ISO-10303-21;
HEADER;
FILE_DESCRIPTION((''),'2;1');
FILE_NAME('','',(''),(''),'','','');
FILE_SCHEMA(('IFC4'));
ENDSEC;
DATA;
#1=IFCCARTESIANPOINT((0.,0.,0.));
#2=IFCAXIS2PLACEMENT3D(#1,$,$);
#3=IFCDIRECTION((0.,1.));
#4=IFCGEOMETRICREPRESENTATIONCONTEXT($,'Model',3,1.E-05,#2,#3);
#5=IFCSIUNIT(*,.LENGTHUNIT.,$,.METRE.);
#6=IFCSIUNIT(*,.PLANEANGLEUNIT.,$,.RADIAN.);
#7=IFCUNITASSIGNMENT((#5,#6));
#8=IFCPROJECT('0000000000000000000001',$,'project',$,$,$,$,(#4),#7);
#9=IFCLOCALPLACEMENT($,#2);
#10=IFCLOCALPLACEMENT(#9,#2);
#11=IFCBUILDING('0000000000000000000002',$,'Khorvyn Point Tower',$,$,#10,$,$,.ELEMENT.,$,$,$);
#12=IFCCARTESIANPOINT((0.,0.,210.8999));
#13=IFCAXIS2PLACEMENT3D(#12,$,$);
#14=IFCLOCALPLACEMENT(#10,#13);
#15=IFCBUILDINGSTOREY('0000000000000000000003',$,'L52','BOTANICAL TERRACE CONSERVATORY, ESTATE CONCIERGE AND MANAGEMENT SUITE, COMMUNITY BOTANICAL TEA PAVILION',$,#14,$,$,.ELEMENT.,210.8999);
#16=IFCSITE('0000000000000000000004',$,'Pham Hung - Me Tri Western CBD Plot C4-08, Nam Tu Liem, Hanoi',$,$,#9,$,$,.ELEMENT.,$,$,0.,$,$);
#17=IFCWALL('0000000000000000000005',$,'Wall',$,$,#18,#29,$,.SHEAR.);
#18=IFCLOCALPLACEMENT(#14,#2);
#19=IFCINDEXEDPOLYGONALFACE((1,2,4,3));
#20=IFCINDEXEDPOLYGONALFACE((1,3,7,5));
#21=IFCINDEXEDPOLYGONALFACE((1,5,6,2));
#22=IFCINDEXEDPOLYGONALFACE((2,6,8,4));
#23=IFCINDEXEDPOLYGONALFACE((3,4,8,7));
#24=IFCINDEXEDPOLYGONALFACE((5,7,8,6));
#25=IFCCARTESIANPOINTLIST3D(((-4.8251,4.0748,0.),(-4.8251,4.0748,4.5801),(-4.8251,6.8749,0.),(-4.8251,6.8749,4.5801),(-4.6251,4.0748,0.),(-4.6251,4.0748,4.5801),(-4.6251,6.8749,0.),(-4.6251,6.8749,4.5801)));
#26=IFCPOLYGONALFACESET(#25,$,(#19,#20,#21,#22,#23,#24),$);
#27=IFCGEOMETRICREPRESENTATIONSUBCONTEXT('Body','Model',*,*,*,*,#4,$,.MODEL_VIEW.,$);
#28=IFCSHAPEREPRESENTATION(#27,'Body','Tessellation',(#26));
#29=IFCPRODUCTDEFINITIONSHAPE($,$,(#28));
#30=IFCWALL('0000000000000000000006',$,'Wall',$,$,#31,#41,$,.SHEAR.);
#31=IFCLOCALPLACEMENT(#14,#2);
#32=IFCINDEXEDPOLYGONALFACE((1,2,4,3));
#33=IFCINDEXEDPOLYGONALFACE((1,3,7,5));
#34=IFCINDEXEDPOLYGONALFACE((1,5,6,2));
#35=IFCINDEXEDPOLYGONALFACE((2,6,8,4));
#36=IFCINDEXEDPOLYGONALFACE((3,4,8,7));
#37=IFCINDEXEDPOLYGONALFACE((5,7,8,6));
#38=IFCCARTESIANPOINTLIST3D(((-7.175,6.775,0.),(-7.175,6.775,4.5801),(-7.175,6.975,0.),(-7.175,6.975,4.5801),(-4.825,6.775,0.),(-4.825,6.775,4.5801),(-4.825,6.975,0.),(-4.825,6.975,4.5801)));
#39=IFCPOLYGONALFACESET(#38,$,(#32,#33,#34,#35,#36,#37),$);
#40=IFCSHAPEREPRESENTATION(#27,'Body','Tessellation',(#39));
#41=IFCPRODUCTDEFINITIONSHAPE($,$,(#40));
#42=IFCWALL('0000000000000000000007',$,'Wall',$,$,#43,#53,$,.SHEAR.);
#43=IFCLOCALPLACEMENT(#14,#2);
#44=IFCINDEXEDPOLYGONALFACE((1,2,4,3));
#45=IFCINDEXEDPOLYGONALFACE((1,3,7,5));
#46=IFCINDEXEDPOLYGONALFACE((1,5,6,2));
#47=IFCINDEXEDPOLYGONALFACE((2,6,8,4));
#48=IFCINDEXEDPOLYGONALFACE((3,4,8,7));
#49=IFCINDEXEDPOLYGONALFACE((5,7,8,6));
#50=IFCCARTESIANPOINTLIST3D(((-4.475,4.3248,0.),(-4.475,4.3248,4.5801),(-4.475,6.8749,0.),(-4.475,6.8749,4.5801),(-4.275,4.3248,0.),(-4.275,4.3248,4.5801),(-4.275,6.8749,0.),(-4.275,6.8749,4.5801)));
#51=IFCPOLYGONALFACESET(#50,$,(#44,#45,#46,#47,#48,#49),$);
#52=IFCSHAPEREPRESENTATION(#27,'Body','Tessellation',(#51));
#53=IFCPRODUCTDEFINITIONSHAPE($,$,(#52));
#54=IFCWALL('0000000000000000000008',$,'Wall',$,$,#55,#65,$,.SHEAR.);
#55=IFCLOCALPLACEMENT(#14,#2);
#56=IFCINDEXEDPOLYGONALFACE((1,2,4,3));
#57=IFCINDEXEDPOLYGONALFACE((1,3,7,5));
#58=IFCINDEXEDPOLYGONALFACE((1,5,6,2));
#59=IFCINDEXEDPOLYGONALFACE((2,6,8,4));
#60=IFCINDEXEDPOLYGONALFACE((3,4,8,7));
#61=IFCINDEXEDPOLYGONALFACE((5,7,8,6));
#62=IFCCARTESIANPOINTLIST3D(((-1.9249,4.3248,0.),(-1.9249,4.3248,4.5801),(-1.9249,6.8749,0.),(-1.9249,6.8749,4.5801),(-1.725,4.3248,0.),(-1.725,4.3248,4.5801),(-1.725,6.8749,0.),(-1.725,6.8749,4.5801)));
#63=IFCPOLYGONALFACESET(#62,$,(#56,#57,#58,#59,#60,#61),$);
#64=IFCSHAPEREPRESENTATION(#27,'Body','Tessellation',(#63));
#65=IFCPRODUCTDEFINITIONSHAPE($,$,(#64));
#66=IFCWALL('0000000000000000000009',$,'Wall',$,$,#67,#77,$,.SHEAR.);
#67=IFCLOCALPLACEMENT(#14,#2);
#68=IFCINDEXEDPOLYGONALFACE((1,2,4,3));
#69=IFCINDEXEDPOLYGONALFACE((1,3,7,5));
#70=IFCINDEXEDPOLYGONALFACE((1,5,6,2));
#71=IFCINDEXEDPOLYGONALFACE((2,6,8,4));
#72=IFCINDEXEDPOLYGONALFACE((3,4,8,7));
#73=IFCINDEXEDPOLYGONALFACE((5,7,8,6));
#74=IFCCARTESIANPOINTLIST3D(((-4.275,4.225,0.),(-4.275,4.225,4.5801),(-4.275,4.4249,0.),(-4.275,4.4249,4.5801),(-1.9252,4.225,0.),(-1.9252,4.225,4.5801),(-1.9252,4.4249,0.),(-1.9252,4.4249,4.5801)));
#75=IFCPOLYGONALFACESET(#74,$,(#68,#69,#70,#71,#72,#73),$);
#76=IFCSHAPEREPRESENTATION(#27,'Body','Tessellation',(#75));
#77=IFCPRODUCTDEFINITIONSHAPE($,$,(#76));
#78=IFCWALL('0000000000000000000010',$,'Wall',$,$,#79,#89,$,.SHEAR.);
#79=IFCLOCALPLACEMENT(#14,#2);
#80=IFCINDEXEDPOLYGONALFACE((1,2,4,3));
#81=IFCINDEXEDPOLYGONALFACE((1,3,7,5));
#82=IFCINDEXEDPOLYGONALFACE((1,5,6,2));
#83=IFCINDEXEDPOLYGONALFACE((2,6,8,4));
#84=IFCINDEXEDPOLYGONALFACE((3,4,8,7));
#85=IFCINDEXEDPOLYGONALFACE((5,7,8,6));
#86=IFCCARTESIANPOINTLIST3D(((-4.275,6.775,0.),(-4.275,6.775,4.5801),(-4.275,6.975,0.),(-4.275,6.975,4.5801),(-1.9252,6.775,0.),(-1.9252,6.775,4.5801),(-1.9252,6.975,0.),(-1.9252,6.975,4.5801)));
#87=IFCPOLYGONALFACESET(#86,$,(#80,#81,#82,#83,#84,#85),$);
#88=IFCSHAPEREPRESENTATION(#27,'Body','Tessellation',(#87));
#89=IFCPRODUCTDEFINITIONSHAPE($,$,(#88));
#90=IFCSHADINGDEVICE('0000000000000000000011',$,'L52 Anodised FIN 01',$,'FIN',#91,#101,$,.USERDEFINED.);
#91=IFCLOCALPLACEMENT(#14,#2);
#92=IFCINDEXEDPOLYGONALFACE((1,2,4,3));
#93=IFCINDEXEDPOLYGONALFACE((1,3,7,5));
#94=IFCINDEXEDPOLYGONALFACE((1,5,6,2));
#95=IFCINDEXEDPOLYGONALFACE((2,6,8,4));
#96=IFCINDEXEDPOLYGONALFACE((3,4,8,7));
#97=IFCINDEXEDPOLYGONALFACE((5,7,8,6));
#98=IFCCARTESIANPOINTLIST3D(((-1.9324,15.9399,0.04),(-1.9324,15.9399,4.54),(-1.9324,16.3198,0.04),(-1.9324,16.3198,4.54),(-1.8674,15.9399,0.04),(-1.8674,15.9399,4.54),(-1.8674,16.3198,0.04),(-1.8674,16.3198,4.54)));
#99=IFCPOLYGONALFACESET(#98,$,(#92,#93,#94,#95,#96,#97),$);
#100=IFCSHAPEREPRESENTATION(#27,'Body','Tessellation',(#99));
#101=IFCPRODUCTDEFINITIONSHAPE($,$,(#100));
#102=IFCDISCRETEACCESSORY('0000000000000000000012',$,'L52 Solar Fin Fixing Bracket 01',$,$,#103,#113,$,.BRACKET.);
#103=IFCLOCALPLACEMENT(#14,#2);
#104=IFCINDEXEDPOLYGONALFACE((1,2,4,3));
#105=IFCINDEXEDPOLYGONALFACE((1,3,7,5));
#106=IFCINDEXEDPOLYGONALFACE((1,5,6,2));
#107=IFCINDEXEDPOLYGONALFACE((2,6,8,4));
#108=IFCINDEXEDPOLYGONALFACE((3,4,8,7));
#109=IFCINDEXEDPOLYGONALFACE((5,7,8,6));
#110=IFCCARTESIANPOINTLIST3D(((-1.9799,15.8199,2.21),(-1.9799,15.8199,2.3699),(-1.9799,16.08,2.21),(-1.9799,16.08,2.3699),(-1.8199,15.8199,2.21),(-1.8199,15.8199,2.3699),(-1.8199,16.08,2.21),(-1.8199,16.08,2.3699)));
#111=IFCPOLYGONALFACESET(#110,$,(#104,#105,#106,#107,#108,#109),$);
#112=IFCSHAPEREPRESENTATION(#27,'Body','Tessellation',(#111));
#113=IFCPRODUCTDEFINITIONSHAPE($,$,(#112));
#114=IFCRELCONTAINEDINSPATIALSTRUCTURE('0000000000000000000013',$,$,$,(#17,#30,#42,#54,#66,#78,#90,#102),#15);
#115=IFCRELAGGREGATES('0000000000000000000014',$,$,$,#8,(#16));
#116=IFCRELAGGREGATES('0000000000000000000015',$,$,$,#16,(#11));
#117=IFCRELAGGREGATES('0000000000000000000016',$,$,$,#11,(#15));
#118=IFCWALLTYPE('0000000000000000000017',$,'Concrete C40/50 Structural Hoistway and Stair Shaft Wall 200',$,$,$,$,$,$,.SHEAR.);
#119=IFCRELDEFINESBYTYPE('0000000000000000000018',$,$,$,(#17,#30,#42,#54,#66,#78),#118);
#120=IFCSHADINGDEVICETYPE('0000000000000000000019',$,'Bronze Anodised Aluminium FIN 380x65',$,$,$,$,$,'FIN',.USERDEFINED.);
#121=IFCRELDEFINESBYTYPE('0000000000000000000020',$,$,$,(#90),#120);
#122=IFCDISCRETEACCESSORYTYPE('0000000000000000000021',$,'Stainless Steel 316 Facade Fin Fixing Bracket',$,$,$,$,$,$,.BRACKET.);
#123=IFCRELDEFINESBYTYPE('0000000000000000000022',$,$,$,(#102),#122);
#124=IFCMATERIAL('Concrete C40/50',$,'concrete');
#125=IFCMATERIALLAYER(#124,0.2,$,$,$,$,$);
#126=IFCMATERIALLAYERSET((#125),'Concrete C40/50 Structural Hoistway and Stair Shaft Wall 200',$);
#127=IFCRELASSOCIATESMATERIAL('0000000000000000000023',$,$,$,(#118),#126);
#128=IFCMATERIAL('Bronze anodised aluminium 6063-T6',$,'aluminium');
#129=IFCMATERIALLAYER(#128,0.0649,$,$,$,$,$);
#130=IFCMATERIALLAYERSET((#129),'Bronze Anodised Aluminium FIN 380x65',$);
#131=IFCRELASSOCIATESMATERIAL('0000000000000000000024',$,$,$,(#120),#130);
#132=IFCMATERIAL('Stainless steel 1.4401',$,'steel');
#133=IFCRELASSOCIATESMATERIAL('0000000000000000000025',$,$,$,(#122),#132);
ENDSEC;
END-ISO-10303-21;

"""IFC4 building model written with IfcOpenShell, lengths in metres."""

from ifc_helpers import new_model, si_unit, direction, frame, frame_2d, origin, origin_2d, place, context, subcontext, project, spatial, rectangle, extrude, material, layer, layer_set, type_object, element, save


model = new_model("IFC4")

# Units and contexts
model_context = context("Model", 3, precision=1e-05, world=origin(), true_north=direction((0.0, 1.0)))
body_context = subcontext(model_context, "Body", "Model", "MODEL_VIEW")
ifc_project = project(units=[si_unit("LENGTHUNIT", "METRE"), si_unit("PLANEANGLEUNIT", "RADIAN")], contexts=[model_context])

# Site, building, storey
site_placement = place(None, origin())
site = spatial("IfcSite", under=ifc_project, at=site_placement, Name="Pham Hung - Me Tri Western CBD Plot C4-08, Nam Tu Liem, Hanoi", CompositionType="ELEMENT", RefElevation=0.0)
building_placement = place(site_placement, origin())
building = spatial("IfcBuilding", under=site, at=building_placement, Name="Khorvyn Point Tower", CompositionType="ELEMENT")
storey_placement = place(building_placement, frame((0.0, 0.0, 210.8999)))
storey = spatial("IfcBuildingStorey", under=building, at=storey_placement, Name="L52", Description="BOTANICAL TERRACE CONSERVATORY, ESTATE CONCIERGE AND MANAGEMENT SUITE, COMMUNITY BOTANICAL TEA PAVILION", CompositionType="ELEMENT", Elevation=210.8999)

# Shared definitions
ifc_material_1 = material(Name="Concrete C40/50", Category="concrete")

# Walls
ifc_layer_1 = layer(ifc_material_1, 0.2)
ifc_layer_set_1 = layer_set([ifc_layer_1], Name="Concrete C40/50 Structural Hoistway and Stair Shaft Wall 200")
wall_type_1 = type_object("IfcWallType", Name="Concrete C40/50 Structural Hoistway and Stair Shaft Wall 200", PredefinedType="SHEAR", material=ifc_layer_set_1)
wall_1_placement = place(storey_placement, frame((-4.7251, 4.075, 0.0), z_axis=(0.0, 0.0, 1.0), x_axis=(0.0, 1.0, 0.0)))
element("IfcWall", 1, at=wall_1_placement, inside=storey, type_object=wall_type_1, Name="Wall", PredefinedType="SHEAR", context=body_context, shape_type="SweptSolid", body=[
    extrude(rectangle(XDim=2.8, YDim=0.2, at=frame_2d((1.3999, 0.0))), origin(), (0.0, 0.0, 1.0), 4.5801),
])
wall_2_placement = place(storey_placement, frame((-7.175, 6.875, 0.0), z_axis=(0.0, 0.0, 1.0), x_axis=(1.0, 0.0, 0.0)))
element("IfcWall", 2, at=wall_2_placement, inside=storey, type_object=wall_type_1, Name="Wall", PredefinedType="SHEAR", context=body_context, shape_type="SweptSolid", body=[
    extrude(rectangle(XDim=2.3501, YDim=0.2, at=frame_2d((1.175, 0.0))), origin(), (0.0, 0.0, 1.0), 4.5801),
])
for number, where, z_axis, x_axis, name in (
    (3, (-4.375, 4.325, 0.0), (0.0, 0.0, 1.0), (0.0, 1.0, 0.0), "Wall"),
    (4, (-1.825, 4.325, 0.0), (0.0, 0.0, 1.0), (0.0, 1.0, 0.0), "Wall"),
):
    element("IfcWall", number, at=place(storey_placement, frame(where, z_axis=z_axis, x_axis=x_axis)), inside=storey, type_object=wall_type_1, Name=name, PredefinedType="SHEAR", context=body_context, shape_type="SweptSolid", body=[
        extrude(rectangle(XDim=2.55, YDim=0.2, at=frame_2d((1.2749, 0.0))), origin(), (0.0, 0.0, 1.0), 4.5801),
    ])
for number, where, z_axis, x_axis, name in (
    (5, (-4.2749, 4.325, 0.0), (0.0, 0.0, 1.0), (1.0, 0.0, 0.0), "Wall"),
    (6, (-4.2749, 6.875, 0.0), (0.0, 0.0, 1.0), (1.0, 0.0, 0.0), "Wall"),
):
    element("IfcWall", number, at=place(storey_placement, frame(where, z_axis=z_axis, x_axis=x_axis)), inside=storey, type_object=wall_type_1, Name=name, PredefinedType="SHEAR", context=body_context, shape_type="SweptSolid", body=[
        extrude(rectangle(XDim=2.3499, YDim=0.2, at=frame_2d((1.1748, 0.0))), origin(), (0.0, 0.0, 1.0), 4.5801),
    ])

# Shading device
ifc_material_2 = material(Name="Bronze anodised aluminium 6063-T6", Category="aluminium")
ifc_layer_2 = layer(ifc_material_2, 0.0649)
ifc_layer_set_2 = layer_set([ifc_layer_2], Name="Bronze Anodised Aluminium FIN 380x65")
shading_device_type = type_object("IfcShadingDeviceType", Name="Bronze Anodised Aluminium FIN 380x65", ElementType="FIN", PredefinedType="USERDEFINED", material=ifc_layer_set_2)
shading_device_placement = place(storey_placement, frame((-1.8999, 16.1299, 0.04), z_axis=(0.0, 0.0, 1.0), x_axis=(0.0, 1.0, 0.0)))
element("IfcShadingDevice", 7, at=shading_device_placement, inside=storey, type_object=shading_device_type, Name="L52 Anodised FIN 01", ObjectType="FIN", PredefinedType="USERDEFINED", context=body_context, shape_type="SweptSolid", body=[
    extrude(rectangle(XDim=0.3799, YDim=0.0649, at=origin_2d()), origin(), (0.0, 0.0, 1.0), 4.5),
])

# Discrete accessory
ifc_material_3 = material(Name="Stainless steel 1.4401", Category="steel")
discrete_accessory_type = type_object("IfcDiscreteAccessoryType", Name="Stainless Steel 316 Facade Fin Fixing Bracket", PredefinedType="BRACKET", material=ifc_material_3)
discrete_accessory_placement = place(storey_placement, frame((-1.8999, 15.95, 2.21), z_axis=(0.0, 0.0, 1.0), x_axis=(1.0, 0.0, 0.0)))
element("IfcDiscreteAccessory", 8, at=discrete_accessory_placement, inside=storey, type_object=discrete_accessory_type, Name="L52 Solar Fin Fixing Bracket 01", PredefinedType="BRACKET", context=body_context, shape_type="SweptSolid", body=[
    extrude(rectangle(XDim=0.1599, YDim=0.26, at=origin_2d()), origin(), (0.0, 0.0, 1.0), 0.1599),
])

save(model, "model.ifc")
